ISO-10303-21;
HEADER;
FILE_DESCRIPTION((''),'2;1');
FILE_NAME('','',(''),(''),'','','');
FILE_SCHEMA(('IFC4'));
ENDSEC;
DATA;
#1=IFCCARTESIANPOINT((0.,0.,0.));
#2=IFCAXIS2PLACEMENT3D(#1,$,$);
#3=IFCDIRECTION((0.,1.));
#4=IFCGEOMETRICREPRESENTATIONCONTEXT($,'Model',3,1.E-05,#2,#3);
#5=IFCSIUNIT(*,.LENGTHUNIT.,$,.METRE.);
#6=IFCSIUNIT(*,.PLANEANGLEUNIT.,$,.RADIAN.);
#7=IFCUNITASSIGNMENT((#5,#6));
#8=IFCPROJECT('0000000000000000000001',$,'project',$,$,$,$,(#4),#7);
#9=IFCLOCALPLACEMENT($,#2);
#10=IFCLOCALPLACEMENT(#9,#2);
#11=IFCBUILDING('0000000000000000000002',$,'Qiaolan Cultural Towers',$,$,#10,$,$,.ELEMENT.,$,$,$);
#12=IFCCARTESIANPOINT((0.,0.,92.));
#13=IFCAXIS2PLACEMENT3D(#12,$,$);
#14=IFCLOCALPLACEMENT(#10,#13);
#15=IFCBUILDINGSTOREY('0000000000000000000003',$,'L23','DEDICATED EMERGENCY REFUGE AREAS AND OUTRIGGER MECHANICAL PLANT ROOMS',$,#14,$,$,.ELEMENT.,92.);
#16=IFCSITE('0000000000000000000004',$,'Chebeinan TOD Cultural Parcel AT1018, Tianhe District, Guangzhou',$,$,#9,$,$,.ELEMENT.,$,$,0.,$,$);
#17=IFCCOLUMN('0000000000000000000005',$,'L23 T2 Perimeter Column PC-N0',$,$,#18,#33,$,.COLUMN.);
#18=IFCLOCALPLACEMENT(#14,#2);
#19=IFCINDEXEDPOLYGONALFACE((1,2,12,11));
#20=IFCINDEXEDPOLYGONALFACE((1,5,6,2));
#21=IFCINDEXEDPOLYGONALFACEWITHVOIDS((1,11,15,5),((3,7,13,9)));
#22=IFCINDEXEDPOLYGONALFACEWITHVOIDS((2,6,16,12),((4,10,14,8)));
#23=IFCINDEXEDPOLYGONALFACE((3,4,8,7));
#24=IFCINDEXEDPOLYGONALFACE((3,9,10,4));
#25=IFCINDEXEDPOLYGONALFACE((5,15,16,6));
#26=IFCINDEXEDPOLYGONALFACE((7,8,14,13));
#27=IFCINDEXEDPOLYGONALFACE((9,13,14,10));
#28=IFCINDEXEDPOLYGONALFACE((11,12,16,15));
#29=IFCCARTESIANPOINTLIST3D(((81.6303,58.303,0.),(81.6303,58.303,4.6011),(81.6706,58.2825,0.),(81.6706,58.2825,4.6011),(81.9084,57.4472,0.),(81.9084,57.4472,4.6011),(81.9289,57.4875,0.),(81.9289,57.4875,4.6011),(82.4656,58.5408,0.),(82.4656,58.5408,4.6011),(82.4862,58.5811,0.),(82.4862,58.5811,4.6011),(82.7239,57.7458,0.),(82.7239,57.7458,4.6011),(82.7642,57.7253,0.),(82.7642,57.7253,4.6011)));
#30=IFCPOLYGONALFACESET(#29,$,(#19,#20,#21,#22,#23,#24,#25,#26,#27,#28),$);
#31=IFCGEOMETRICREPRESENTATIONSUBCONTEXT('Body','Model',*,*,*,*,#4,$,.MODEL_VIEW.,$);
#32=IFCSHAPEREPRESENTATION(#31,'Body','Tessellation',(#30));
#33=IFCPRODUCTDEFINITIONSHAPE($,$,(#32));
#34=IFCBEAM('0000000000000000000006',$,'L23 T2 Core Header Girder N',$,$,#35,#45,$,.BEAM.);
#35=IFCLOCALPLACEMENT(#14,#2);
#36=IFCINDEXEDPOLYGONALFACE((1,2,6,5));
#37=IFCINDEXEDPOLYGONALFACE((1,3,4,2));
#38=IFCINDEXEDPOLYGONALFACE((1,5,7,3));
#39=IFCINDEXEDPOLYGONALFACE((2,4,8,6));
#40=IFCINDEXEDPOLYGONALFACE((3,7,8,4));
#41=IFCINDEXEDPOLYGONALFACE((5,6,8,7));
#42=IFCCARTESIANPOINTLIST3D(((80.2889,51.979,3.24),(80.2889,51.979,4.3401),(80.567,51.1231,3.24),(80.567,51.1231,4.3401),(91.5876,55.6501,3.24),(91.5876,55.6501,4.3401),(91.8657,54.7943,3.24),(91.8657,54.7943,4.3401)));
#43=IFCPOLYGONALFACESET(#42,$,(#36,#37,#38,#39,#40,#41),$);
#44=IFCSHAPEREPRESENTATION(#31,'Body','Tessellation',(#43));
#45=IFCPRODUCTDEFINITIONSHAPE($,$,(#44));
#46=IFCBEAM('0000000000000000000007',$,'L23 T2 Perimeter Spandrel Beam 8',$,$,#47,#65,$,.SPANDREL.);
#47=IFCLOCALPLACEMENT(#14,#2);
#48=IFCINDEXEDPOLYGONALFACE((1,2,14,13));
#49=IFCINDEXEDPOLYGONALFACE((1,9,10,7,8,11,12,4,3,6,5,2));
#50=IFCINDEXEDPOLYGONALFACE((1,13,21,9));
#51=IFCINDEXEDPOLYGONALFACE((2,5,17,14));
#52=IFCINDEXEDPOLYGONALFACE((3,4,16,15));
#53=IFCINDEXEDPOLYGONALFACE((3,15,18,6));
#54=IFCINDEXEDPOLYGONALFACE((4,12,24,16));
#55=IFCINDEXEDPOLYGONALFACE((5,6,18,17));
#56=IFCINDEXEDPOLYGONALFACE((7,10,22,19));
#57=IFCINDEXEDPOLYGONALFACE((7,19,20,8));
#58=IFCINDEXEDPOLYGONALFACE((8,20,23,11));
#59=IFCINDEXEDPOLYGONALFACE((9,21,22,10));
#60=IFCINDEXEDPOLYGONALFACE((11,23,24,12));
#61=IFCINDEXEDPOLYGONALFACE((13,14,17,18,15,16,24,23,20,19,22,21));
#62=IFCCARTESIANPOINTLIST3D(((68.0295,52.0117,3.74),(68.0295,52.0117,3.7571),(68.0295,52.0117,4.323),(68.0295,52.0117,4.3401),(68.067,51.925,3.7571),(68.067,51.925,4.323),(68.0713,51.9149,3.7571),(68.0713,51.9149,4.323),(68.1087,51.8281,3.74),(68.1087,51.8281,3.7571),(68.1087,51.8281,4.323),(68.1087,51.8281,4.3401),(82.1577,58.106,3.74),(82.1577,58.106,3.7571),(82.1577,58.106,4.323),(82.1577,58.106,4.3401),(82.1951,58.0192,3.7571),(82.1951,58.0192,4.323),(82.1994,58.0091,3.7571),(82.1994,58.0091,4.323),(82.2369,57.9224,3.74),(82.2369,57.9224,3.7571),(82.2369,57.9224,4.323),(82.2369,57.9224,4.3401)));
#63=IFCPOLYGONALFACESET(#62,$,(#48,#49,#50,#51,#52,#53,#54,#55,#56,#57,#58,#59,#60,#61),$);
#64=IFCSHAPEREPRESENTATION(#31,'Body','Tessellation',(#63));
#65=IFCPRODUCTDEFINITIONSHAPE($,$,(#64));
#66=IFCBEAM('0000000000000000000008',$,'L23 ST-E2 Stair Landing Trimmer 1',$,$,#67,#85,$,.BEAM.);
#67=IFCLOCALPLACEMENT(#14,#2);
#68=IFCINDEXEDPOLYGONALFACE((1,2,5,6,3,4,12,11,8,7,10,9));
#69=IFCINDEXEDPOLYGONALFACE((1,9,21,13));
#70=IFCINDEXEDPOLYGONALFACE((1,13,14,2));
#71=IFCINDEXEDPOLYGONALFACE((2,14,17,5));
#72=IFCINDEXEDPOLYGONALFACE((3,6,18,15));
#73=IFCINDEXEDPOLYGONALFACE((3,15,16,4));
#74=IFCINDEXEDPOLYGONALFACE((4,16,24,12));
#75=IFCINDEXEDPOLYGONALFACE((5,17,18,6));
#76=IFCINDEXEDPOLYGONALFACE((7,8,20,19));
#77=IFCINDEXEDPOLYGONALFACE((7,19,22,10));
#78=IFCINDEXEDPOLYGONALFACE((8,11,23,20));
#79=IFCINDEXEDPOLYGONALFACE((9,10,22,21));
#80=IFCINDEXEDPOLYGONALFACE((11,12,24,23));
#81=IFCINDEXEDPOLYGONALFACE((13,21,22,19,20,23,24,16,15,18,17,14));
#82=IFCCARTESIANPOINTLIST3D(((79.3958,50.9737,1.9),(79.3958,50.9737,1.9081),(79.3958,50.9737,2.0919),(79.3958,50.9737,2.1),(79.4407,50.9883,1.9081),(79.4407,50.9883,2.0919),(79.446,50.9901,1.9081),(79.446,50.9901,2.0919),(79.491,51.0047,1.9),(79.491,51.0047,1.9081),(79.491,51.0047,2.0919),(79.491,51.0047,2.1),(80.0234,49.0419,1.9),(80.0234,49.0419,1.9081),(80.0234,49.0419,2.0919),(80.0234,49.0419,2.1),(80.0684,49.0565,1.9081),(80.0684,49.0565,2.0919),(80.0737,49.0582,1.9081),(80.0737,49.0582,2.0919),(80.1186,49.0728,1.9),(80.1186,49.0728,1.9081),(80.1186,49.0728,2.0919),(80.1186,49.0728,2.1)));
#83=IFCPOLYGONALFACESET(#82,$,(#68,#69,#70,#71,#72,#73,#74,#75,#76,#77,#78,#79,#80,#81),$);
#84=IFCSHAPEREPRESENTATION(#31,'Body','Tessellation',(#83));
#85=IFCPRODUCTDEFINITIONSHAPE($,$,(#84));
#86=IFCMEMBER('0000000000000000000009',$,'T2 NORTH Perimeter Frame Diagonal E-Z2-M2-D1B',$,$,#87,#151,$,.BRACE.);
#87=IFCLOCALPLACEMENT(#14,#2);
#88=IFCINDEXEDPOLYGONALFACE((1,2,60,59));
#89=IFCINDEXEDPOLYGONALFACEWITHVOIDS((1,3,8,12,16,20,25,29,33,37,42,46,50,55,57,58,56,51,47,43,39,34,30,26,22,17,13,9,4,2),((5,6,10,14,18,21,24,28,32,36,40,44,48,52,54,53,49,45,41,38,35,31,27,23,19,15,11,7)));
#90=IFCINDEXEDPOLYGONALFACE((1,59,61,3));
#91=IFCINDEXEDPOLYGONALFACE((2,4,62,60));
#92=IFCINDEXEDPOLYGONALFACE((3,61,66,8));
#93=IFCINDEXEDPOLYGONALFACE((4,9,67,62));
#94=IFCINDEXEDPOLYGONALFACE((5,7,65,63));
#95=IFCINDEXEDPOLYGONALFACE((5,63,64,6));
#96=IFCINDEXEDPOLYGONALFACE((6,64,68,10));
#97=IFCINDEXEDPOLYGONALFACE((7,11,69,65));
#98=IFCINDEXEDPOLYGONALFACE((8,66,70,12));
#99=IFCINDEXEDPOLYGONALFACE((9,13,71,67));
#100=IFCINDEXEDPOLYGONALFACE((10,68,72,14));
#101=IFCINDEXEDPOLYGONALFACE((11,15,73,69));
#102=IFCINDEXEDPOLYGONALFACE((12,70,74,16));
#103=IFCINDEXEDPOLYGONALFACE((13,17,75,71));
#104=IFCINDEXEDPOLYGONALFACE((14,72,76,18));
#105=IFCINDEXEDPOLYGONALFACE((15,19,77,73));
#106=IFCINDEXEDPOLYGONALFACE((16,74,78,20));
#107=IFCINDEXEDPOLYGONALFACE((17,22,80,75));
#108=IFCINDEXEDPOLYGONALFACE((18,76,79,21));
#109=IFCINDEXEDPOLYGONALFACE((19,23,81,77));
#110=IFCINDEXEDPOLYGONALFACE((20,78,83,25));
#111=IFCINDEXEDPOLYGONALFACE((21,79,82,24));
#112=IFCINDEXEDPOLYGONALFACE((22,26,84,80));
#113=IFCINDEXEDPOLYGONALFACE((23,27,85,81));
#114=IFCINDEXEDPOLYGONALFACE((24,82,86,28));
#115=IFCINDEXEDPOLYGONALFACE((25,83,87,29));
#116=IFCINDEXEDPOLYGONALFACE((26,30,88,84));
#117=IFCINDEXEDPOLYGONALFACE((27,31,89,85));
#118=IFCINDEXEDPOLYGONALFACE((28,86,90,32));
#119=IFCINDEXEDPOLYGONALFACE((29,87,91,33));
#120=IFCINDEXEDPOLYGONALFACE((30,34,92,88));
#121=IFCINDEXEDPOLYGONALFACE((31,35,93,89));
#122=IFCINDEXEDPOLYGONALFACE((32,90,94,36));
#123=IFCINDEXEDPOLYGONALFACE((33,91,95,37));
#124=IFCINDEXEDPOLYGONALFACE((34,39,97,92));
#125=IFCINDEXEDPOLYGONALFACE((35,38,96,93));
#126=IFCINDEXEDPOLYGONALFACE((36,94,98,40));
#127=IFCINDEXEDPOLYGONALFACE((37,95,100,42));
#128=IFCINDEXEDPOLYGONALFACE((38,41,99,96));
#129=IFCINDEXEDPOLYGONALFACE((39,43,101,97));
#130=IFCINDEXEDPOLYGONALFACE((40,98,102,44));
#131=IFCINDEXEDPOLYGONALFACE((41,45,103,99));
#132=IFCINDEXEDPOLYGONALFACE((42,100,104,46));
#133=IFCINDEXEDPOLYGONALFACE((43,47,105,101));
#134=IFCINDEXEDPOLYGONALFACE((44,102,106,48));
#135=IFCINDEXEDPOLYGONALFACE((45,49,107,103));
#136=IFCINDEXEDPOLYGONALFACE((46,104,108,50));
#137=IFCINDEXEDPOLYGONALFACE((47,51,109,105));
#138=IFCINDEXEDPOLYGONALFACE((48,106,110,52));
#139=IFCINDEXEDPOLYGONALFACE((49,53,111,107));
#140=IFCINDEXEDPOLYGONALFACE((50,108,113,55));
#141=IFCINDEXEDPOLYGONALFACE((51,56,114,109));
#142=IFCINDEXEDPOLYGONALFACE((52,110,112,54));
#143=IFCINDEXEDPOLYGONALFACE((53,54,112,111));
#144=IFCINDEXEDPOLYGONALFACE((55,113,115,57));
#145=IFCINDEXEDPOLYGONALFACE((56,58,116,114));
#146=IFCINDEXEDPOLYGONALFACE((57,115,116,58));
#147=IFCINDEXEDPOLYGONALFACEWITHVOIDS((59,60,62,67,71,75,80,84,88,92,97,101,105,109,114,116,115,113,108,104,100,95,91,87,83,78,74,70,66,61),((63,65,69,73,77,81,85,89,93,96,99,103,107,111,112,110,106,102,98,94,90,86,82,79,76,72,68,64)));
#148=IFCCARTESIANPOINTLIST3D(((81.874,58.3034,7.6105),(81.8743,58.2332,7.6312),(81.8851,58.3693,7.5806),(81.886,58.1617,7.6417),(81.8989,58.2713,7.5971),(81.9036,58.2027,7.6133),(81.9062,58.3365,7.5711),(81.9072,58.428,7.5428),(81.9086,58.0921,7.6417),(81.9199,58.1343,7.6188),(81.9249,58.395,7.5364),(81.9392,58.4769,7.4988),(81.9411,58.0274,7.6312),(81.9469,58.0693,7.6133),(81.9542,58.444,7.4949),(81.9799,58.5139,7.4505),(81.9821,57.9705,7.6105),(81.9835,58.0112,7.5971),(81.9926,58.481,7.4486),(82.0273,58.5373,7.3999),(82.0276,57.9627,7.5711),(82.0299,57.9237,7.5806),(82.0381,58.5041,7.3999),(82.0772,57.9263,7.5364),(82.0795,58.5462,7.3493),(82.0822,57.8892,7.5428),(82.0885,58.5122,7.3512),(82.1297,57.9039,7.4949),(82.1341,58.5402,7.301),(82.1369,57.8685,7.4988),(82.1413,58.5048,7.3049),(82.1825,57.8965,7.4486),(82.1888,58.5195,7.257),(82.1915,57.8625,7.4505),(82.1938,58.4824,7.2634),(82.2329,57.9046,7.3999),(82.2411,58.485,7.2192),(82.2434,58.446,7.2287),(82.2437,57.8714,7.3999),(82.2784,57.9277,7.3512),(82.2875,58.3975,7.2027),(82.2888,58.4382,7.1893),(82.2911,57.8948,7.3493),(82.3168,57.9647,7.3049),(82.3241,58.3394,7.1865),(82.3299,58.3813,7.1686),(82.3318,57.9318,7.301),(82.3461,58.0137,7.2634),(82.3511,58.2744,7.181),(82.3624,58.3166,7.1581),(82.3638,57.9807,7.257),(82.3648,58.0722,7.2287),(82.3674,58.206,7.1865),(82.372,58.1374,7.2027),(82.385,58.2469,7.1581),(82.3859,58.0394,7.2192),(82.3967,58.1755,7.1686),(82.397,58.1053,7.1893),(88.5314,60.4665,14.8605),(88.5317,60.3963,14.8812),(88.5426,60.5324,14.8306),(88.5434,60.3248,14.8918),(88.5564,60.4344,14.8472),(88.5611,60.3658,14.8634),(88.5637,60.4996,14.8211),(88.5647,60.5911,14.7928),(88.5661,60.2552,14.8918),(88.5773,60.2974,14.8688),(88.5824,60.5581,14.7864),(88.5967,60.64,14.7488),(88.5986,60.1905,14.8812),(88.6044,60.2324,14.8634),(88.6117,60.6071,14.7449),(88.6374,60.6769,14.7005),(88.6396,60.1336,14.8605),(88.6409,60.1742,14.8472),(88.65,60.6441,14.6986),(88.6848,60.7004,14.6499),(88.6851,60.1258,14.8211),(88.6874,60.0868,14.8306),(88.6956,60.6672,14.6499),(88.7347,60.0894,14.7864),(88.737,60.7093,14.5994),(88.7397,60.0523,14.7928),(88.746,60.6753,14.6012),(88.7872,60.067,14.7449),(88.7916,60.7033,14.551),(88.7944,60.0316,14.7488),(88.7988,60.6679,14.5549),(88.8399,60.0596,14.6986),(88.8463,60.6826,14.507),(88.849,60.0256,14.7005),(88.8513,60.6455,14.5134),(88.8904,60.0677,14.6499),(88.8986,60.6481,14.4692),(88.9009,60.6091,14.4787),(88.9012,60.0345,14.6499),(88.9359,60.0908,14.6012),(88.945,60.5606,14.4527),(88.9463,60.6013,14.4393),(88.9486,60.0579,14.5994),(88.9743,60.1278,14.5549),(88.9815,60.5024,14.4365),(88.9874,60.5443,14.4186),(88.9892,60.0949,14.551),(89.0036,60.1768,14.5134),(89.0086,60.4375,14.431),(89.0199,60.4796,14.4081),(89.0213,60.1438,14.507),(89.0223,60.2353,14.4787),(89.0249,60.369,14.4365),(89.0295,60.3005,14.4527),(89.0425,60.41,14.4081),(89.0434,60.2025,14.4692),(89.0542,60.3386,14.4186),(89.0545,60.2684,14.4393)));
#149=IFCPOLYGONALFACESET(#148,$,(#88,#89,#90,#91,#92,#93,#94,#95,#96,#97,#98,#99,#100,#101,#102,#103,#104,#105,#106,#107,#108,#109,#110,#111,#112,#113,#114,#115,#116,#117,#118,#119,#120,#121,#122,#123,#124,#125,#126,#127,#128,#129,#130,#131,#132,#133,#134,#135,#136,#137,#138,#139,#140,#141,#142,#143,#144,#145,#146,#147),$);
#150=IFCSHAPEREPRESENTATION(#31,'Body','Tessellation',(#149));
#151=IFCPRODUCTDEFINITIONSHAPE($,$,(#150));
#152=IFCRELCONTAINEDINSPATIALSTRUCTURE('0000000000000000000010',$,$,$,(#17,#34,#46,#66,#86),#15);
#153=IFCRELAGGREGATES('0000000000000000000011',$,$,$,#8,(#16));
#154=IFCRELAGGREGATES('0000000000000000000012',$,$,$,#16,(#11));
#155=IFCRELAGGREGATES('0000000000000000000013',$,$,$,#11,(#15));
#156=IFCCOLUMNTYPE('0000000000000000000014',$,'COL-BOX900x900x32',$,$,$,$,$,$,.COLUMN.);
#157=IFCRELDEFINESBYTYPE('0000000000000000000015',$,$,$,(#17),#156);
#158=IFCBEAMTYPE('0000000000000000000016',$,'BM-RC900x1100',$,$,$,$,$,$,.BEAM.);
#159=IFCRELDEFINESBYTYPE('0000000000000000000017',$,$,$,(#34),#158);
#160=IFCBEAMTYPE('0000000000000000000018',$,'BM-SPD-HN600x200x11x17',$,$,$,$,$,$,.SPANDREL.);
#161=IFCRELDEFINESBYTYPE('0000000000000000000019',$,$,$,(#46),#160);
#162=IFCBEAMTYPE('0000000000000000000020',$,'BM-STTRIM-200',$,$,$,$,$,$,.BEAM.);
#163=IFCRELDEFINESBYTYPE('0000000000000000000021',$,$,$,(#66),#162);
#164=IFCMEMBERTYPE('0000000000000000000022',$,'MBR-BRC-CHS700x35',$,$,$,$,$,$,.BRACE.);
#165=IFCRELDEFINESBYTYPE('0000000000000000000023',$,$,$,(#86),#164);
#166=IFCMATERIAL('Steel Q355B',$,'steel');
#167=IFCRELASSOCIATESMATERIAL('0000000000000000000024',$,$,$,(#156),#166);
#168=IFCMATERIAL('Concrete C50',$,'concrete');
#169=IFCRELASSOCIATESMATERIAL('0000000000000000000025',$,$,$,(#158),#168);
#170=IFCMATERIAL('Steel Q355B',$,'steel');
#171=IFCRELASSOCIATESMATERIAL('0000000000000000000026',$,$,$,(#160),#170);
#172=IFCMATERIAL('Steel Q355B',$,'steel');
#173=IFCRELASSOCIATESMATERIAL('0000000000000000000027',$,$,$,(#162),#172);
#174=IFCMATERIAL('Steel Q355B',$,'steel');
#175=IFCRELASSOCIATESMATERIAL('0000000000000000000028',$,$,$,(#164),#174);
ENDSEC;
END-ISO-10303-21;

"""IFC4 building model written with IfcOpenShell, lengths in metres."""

from ifc_helpers import new_model, si_unit, direction, frame, origin, origin_2d, place, context, subcontext, project, spatial, rectangle, hollow_rectangle, hollow_circle, i_section, extrude, material, material_profile, profile_set, type_object, element, save


model = new_model("IFC4")

# Units and contexts
model_context = context("Model", 3, precision=1e-05, world=origin(), true_north=direction((0.0, 1.0)))
body_context = subcontext(model_context, "Body", "Model", "MODEL_VIEW")
ifc_project = project(units=[si_unit("LENGTHUNIT", "METRE"), si_unit("PLANEANGLEUNIT", "RADIAN")], contexts=[model_context])

# Site, building, storey
site_placement = place(None, origin())
site = spatial("IfcSite", under=ifc_project, at=site_placement, Name="Chebeinan TOD Cultural Parcel AT1018, Tianhe District, Guangzhou", CompositionType="ELEMENT", RefElevation=0.0)
building_placement = place(site_placement, origin())
building = spatial("IfcBuilding", under=site, at=building_placement, Name="Qiaolan Cultural Towers", CompositionType="ELEMENT")
storey_placement = place(building_placement, frame((0.0, 0.0, 92.0)))
storey = spatial("IfcBuildingStorey", under=building, at=storey_placement, Name="L23", Description="DEDICATED EMERGENCY REFUGE AREAS AND OUTRIGGER MECHANICAL PLANT ROOMS", CompositionType="ELEMENT", Elevation=92.0)

# Column
ifc_material_1 = material(Name="Steel Q355B", Category="steel")
ifc_material_profile_1 = material_profile(ifc_material_1, hollow_rectangle(XDim=0.8999, YDim=0.8999, WallThickness=0.032, at=origin_2d()), Name="BOX900x900x32")
ifc_profile_set_1 = profile_set([ifc_material_profile_1], Name="Steel Q355B")
column_type = type_object("IfcColumnType", Name="COL-BOX900x900x32", PredefinedType="COLUMN", material=ifc_profile_set_1)
column_placement = place(storey_placement, frame((82.1973, 58.0142, 0.0), z_axis=(0.0, 0.0, 1.0), x_axis=(0.951057, 0.309017, 0.0)))
element("IfcColumn", 1, at=column_placement, inside=storey, type_object=column_type, Name="L23 T2 Perimeter Column PC-N0", PredefinedType="COLUMN", context=body_context, shape_type="SweptSolid", body=[
    extrude(hollow_rectangle(XDim=0.8999, YDim=0.8999, WallThickness=0.032, at=origin_2d()), origin(), (0.0, 0.0, 1.0), 4.6011),
])

# Beams
ifc_material_2 = material(Name="Concrete C50", Category="concrete")
ifc_material_profile_2 = material_profile(ifc_material_2, rectangle(XDim=0.8999, YDim=1.1001, at=origin_2d()), Name="RC900x1100")
ifc_profile_set_2 = profile_set([ifc_material_profile_2], Name="Concrete C50")
beam_type_1 = type_object("IfcBeamType", Name="BM-RC900x1100", PredefinedType="BEAM", material=ifc_profile_set_2)
beam_1_placement = place(storey_placement, frame((80.428, 51.551, 3.79), z_axis=(0.951056, 0.309018, 0.0), x_axis=(-0.309018, 0.951056, 0.0)))
element("IfcBeam", 2, at=beam_1_placement, inside=storey, type_object=beam_type_1, Name="L23 T2 Core Header Girder N", PredefinedType="BEAM", context=body_context, shape_type="SweptSolid", body=[
    extrude(rectangle(XDim=0.8999, YDim=1.1001, at=origin_2d()), origin(), (0.0, 0.0, 1.0), 11.8801),
])
ifc_material_3 = material(Name="Steel Q355B", Category="steel")
ifc_material_profile_3 = material_profile(ifc_material_3, i_section(OverallWidth=0.2, OverallDepth=0.6001, WebThickness=0.011, FlangeThickness=0.0171, at=origin_2d()), Name="HN600x200x11x17")
ifc_profile_set_3 = profile_set([ifc_material_profile_3], Name="Steel Q355B")
beam_type_2 = type_object("IfcBeamType", Name="BM-SPD-HN600x200x11x17", PredefinedType="SPANDREL", material=ifc_profile_set_3)
beam_2_placement = place(storey_placement, frame((82.1973, 58.0142, 4.04), z_axis=(-0.918218, -0.396076, 0.0), x_axis=(0.396076, -0.918218, 0.0)))
element("IfcBeam", 3, at=beam_2_placement, inside=storey, type_object=beam_type_2, Name="L23 T2 Perimeter Spandrel Beam 8", PredefinedType="SPANDREL", context=body_context, shape_type="SweptSolid", body=[
    extrude(i_section(OverallWidth=0.2, OverallDepth=0.6001, WebThickness=0.011, FlangeThickness=0.0171, at=origin_2d()), origin(), (0.0, 0.0, 1.0), 15.3865),
])
ifc_material_4 = material(Name="Steel Q355B", Category="steel")
ifc_material_profile_4 = material_profile(ifc_material_4, i_section(OverallWidth=0.1001, OverallDepth=0.2, WebThickness=0.0056, FlangeThickness=0.0081, at=origin_2d()), Name="HN200x100x5.5x8")
ifc_profile_set_4 = profile_set([ifc_material_profile_4], Name="Steel Q355B")
beam_type_3 = type_object("IfcBeamType", Name="BM-STTRIM-200", PredefinedType="BEAM", material=ifc_profile_set_4)
beam_3_placement = place(storey_placement, frame((80.071, 49.0574, 2.0), z_axis=(-0.309007, 0.95106, 0.0), x_axis=(-0.95106, -0.309007, 0.0)))
element("IfcBeam", 4, at=beam_3_placement, inside=storey, type_object=beam_type_3, Name="L23 ST-E2 Stair Landing Trimmer 1", PredefinedType="BEAM", context=body_context, shape_type="SweptSolid", body=[
    extrude(i_section(OverallWidth=0.1001, OverallDepth=0.2, WebThickness=0.0056, FlangeThickness=0.0081, at=origin_2d()), origin(), (0.0, 0.0, 1.0), 2.0312),
])

# Member
ifc_material_5 = material(Name="Steel Q355B", Category="steel")
ifc_material_profile_5 = material_profile(ifc_material_5, hollow_circle(Radius=0.3501, WallThickness=0.0349, at=origin_2d()), Name="CHS700x35")
ifc_profile_set_5 = profile_set([ifc_material_profile_5], Name="Steel Q355B")
member_type = type_object("IfcMemberType", Name="MBR-BRC-CHS700x35", PredefinedType="BRACE", material=ifc_profile_set_5)
for number, where, z_axis, x_axis, name in (
    (5, (82.1355, 58.2043, 7.3999), (0.660603, 0.214637, 0.719398), (-0.30901, 0.951059, 0.0), "T2 NORTH Perimeter Frame Diagonal E-Z2-M2-D1B"),
):
    element("IfcMember", number, at=place(storey_placement, frame(where, z_axis=z_axis, x_axis=x_axis)), inside=storey, type_object=member_type, Name=name, PredefinedType="BRACE", context=body_context, shape_type="SweptSolid", body=[
        extrude(hollow_circle(Radius=0.3501, WallThickness=0.0349, at=origin_2d()), origin(), (0.0, 0.0, 1.0), 10.0779),
    ])

save(model, "model.ifc")
